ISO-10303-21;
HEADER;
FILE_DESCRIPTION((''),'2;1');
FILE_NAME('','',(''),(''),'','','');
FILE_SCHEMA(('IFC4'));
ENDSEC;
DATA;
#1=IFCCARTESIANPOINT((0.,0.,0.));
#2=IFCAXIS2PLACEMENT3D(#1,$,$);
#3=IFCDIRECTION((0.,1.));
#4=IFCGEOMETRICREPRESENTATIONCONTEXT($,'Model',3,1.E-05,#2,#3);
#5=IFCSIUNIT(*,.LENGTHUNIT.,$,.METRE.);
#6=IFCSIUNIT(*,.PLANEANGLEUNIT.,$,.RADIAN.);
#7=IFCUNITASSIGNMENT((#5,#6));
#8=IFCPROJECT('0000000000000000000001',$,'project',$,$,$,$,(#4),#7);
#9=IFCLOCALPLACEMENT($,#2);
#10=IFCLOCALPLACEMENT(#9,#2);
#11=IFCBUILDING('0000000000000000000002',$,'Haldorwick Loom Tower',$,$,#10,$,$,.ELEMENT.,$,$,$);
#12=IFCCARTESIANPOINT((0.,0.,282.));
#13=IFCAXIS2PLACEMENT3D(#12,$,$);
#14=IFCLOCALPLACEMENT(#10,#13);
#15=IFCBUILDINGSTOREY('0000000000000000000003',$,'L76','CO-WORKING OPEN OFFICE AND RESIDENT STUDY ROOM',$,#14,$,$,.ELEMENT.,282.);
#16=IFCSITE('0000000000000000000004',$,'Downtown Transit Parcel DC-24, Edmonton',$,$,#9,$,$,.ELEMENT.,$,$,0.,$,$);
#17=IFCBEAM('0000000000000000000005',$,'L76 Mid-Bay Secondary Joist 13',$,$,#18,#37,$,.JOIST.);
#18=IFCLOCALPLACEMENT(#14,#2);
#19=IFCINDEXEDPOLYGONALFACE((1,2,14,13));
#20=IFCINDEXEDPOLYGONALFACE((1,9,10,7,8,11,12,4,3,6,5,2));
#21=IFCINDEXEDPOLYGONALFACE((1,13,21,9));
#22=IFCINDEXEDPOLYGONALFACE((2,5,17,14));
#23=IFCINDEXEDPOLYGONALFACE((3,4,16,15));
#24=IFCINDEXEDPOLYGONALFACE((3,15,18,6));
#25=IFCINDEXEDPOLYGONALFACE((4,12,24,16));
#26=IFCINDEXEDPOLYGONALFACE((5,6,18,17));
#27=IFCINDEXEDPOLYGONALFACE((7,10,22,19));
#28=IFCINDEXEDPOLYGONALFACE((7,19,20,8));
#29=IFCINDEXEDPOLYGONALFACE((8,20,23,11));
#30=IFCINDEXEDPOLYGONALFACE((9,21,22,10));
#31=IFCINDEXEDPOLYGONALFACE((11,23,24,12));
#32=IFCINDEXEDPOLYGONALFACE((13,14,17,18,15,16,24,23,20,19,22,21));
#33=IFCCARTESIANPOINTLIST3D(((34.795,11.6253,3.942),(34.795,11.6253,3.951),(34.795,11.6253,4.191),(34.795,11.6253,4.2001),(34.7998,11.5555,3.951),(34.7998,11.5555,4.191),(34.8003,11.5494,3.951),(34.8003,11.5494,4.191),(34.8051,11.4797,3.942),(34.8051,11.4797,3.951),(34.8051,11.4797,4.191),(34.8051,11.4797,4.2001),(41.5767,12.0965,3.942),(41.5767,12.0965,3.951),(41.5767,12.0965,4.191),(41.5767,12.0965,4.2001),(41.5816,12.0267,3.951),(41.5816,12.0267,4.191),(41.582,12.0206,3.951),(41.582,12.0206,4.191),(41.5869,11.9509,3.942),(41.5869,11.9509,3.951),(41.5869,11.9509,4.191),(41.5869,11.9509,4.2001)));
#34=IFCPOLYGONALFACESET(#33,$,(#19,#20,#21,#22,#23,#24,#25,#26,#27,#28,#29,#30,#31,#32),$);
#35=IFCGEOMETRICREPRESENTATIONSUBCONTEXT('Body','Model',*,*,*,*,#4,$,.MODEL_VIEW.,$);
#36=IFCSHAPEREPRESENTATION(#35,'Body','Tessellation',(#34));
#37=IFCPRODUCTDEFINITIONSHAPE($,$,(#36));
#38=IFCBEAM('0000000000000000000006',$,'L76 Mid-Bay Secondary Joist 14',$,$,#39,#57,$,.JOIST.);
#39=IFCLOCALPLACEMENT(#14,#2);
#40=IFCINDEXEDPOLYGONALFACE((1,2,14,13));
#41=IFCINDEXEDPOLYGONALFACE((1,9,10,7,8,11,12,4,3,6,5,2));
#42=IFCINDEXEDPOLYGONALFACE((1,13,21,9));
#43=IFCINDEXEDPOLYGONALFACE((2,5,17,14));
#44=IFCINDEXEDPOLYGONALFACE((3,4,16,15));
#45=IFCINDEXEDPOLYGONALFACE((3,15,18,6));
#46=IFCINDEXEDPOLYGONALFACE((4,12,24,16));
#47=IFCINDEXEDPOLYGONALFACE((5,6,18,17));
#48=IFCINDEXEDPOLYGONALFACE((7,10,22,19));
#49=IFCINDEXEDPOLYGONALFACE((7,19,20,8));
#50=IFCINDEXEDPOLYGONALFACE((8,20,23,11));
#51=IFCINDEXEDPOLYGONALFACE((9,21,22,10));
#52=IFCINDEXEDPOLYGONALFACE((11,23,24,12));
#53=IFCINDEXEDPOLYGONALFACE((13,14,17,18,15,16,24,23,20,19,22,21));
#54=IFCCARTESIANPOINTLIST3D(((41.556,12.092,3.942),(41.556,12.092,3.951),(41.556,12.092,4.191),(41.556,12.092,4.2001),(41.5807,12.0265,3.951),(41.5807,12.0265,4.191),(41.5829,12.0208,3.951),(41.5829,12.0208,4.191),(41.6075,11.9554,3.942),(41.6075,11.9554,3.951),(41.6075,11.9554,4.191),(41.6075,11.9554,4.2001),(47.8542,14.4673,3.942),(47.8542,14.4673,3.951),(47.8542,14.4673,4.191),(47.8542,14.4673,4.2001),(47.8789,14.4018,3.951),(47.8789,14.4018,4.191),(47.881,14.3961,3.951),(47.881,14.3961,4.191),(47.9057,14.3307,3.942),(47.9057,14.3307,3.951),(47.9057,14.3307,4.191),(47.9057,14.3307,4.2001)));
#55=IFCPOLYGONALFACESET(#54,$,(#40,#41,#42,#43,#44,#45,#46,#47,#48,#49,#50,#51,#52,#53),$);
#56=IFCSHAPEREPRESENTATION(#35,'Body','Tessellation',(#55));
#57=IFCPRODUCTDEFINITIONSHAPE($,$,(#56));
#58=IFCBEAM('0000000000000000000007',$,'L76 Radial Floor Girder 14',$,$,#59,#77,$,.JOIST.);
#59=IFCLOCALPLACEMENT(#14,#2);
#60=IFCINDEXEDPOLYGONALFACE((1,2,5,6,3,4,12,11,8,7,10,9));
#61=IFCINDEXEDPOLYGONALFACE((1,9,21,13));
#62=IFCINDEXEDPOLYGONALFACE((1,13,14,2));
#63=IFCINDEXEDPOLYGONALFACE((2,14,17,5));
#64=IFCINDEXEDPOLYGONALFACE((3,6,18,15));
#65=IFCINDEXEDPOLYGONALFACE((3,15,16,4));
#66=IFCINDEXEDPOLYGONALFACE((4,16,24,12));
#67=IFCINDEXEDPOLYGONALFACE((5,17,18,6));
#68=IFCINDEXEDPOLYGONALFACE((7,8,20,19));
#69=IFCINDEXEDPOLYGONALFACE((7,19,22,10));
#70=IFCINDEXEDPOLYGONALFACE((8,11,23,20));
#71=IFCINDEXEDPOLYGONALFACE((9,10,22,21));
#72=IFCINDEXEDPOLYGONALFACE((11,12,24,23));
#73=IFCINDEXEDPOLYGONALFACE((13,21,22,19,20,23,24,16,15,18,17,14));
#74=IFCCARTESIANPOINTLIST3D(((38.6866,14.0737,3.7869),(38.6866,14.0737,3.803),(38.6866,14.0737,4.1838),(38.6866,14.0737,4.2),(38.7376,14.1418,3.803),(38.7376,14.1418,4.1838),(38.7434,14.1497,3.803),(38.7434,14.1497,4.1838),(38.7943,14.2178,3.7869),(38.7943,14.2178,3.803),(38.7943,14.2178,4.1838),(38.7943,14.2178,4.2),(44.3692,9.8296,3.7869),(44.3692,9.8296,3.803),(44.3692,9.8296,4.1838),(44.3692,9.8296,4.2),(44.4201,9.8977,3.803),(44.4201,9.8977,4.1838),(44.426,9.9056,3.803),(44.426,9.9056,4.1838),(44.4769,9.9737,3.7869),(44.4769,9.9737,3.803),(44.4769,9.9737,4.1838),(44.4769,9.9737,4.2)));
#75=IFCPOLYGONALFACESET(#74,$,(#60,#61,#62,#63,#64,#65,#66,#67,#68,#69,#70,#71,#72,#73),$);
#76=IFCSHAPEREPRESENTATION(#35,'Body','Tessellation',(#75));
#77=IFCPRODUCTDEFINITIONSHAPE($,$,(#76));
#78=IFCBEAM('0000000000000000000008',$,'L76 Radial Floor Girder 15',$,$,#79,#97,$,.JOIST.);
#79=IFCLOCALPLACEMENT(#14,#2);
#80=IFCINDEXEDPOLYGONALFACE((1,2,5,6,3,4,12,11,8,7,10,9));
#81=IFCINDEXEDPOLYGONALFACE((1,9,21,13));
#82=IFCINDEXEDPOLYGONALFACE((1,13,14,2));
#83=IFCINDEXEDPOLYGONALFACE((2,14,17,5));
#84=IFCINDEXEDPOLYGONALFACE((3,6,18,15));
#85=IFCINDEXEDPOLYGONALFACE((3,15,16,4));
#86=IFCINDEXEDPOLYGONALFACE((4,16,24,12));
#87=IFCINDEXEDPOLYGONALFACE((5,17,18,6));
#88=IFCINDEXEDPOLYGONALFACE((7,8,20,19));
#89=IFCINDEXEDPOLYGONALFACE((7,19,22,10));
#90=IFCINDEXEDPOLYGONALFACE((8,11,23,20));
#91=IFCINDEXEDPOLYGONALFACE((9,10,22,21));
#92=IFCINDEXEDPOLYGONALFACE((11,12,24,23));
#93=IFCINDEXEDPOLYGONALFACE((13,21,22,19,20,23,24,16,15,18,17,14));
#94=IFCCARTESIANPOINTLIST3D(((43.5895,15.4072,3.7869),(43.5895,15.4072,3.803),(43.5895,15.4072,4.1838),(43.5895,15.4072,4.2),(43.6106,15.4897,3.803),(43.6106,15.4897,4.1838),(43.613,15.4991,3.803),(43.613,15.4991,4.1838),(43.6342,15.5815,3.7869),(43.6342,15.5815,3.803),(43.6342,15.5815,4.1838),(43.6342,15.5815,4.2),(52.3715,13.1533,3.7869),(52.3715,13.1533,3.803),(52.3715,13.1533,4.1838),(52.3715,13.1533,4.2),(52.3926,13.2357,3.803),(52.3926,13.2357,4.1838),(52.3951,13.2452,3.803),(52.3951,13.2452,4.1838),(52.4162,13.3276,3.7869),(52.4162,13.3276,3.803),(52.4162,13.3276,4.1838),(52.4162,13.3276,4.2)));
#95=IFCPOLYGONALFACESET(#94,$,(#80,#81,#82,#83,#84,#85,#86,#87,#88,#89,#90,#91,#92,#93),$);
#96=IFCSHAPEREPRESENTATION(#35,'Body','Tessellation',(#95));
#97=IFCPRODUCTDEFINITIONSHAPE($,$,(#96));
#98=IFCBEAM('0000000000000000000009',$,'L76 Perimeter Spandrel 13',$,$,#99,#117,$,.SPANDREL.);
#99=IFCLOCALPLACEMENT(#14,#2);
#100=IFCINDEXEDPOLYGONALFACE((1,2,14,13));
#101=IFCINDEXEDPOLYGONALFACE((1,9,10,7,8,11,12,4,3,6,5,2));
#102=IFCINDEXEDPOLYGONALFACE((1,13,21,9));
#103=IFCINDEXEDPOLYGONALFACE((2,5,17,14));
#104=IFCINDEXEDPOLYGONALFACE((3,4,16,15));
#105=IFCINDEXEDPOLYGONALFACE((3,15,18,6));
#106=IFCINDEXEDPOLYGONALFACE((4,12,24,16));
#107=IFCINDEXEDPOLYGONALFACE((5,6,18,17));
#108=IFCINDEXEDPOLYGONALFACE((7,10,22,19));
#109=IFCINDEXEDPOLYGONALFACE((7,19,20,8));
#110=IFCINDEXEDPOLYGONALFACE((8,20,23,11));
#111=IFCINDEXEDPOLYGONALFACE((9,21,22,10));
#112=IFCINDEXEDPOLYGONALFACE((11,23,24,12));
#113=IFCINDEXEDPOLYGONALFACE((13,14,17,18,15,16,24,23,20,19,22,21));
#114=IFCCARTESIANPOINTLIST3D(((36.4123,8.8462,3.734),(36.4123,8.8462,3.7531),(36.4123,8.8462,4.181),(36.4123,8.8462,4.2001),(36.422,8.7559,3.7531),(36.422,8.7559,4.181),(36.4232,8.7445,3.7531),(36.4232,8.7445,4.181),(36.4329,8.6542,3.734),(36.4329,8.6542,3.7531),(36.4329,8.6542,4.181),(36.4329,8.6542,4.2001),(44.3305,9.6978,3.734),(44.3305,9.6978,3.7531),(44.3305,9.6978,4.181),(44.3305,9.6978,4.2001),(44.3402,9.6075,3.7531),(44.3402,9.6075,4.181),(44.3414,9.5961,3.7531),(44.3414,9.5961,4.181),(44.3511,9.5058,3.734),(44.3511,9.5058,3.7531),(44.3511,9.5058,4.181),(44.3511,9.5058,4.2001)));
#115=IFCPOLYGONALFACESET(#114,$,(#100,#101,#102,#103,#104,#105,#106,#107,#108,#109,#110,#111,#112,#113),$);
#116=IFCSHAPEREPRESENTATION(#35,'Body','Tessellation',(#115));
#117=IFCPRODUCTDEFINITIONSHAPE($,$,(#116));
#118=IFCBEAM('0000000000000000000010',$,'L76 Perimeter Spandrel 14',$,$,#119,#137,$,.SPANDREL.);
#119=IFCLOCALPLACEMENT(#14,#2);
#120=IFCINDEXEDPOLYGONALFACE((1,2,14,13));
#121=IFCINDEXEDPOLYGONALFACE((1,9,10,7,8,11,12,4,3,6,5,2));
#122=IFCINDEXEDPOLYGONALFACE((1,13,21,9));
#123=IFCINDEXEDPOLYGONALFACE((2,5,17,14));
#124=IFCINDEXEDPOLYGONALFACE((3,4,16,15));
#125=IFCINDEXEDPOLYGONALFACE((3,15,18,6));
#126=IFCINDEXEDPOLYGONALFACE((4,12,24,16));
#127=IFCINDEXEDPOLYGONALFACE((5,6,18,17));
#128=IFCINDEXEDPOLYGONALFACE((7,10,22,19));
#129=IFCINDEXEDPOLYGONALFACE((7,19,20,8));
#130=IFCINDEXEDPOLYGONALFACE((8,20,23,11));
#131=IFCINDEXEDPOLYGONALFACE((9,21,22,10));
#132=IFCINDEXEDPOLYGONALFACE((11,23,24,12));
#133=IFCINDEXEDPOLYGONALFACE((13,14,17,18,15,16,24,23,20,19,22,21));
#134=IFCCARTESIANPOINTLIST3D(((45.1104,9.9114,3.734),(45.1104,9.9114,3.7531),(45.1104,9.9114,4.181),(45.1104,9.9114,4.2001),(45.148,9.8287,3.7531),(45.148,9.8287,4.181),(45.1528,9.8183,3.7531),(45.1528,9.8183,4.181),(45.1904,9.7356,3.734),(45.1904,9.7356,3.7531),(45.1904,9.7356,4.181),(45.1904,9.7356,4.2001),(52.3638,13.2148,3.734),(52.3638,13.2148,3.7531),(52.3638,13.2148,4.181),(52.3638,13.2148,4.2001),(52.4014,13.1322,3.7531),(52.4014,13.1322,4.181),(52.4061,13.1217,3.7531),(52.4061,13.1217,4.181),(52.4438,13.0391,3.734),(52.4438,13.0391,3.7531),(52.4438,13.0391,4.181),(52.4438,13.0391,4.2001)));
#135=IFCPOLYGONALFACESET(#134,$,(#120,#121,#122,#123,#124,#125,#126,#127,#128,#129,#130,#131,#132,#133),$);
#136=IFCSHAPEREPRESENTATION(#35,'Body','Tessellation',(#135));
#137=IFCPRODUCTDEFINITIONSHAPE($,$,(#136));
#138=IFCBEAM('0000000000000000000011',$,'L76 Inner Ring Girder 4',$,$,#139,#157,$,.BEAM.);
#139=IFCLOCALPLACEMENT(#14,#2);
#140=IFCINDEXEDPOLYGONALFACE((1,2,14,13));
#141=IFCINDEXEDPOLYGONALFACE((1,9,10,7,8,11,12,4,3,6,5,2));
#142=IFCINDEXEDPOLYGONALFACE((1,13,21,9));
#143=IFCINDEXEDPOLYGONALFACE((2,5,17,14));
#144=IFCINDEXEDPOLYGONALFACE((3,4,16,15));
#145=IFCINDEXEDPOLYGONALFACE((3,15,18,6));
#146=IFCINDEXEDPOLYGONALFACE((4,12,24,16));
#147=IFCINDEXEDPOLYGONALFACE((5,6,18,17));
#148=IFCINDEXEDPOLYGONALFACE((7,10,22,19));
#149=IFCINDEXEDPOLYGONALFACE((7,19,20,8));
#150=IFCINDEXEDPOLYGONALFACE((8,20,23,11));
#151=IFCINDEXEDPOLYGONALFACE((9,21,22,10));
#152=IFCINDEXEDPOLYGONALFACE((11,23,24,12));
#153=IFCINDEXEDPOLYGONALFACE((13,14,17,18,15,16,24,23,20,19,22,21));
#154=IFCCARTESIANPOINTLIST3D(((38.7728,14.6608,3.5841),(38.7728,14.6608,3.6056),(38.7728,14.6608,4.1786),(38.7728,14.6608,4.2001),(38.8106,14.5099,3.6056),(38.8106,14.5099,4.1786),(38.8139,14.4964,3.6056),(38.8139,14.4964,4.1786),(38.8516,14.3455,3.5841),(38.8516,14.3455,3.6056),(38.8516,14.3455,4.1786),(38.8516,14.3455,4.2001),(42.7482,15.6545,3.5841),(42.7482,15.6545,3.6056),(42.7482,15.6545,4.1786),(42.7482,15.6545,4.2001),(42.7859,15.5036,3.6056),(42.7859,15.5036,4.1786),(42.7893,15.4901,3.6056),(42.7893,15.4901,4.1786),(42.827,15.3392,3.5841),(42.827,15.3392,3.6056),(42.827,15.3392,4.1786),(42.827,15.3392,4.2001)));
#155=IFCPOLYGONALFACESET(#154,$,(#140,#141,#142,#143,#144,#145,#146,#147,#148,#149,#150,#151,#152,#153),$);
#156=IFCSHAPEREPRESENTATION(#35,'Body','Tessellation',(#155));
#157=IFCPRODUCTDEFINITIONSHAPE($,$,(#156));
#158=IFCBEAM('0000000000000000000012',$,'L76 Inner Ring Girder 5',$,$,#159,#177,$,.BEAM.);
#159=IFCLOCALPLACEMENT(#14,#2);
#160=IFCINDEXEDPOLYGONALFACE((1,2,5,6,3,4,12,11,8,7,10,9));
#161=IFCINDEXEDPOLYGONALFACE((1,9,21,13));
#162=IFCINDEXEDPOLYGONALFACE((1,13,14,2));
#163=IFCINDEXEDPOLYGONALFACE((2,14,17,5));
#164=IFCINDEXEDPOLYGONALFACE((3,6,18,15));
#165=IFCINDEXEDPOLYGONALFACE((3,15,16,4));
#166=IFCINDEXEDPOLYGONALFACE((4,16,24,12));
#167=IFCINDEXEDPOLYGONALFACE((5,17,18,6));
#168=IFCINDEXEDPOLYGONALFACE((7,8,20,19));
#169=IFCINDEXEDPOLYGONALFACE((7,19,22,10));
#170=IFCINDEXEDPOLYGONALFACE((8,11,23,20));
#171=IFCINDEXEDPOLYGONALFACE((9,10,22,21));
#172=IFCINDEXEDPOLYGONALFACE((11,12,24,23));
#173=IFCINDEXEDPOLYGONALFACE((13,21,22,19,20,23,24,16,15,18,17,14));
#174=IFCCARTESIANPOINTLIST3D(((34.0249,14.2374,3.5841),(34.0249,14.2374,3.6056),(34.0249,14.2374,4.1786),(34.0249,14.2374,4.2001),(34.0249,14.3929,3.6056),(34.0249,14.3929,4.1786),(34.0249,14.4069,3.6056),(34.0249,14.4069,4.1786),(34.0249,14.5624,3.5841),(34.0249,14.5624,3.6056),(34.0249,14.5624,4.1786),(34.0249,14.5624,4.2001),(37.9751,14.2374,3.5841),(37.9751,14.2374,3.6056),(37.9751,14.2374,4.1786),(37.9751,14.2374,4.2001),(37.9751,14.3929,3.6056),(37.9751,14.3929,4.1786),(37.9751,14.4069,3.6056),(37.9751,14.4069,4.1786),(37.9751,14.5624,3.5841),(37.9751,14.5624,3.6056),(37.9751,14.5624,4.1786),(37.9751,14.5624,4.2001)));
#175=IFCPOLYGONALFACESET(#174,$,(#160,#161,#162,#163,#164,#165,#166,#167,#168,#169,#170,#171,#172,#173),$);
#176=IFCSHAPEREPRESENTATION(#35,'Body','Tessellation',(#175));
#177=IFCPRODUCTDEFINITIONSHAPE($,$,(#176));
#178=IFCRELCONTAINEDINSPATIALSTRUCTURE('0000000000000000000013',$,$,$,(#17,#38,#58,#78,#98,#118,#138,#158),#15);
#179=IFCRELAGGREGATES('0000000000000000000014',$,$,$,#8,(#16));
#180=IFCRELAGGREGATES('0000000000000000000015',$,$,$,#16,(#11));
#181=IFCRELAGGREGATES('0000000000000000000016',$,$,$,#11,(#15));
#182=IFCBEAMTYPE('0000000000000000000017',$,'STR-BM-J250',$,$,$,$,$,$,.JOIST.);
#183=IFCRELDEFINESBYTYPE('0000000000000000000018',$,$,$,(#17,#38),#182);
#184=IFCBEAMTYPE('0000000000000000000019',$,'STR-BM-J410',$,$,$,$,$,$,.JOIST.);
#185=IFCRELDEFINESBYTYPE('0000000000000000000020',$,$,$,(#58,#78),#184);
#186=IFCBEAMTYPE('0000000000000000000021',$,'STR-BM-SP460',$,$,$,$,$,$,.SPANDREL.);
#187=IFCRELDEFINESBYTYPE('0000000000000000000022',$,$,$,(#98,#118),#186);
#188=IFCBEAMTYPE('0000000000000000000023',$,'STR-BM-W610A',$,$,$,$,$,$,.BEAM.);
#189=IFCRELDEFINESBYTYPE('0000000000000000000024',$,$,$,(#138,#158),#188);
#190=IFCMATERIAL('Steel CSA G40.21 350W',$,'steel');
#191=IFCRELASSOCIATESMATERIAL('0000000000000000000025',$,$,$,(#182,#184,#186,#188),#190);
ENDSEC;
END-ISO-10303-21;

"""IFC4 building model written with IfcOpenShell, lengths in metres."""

from ifc_helpers import new_model, si_unit, direction, frame, origin, origin_2d, place, context, subcontext, project, spatial, i_section, extrude, material, material_profile, profile_set, type_object, element, save


model = new_model("IFC4")

# Units and contexts
model_context = context("Model", 3, precision=1e-05, world=origin(), true_north=direction((0.0, 1.0)))
body_context = subcontext(model_context, "Body", "Model", "MODEL_VIEW")
ifc_project = project(units=[si_unit("LENGTHUNIT", "METRE"), si_unit("PLANEANGLEUNIT", "RADIAN")], contexts=[model_context])

# Site, building, storey
site_placement = place(None, origin())
site = spatial("IfcSite", under=ifc_project, at=site_placement, Name="Downtown Transit Parcel DC-24, Edmonton", CompositionType="ELEMENT", RefElevation=0.0)
building_placement = place(site_placement, origin())
building = spatial("IfcBuilding", under=site, at=building_placement, Name="Haldorwick Loom Tower", CompositionType="ELEMENT")
storey_placement = place(building_placement, frame((0.0, 0.0, 282.0)))
storey = spatial("IfcBuildingStorey", under=building, at=storey_placement, Name="L76", Description="CO-WORKING OPEN OFFICE AND RESIDENT STUDY ROOM", CompositionType="ELEMENT", Elevation=282.0)

# Shared definitions
ifc_material_1 = material(Name="Steel CSA G40.21 350W", Category="steel")

# Beams
ifc_material_profile_1 = material_profile(ifc_material_1, i_section(OverallWidth=0.146, OverallDepth=0.2581, WebThickness=0.0061, FlangeThickness=0.009, at=origin_2d()), Name="W250X33", Category="steel")
ifc_profile_set_1 = profile_set([ifc_material_profile_1], Name="Steel CSA G40.21 350W")
beam_type_1 = type_object("IfcBeamType", Name="STR-BM-J250", PredefinedType="JOIST", material=ifc_profile_set_1)
beam_1_placement = place(storey_placement, frame((34.8, 11.5525, 4.071), z_axis=(0.997595, 0.069312, 0.0), x_axis=(-0.069312, 0.997595, 0.0)))
element("IfcBeam", 1, at=beam_1_placement, inside=storey, type_object=beam_type_1, Name="L76 Mid-Bay Secondary Joist 13", PredefinedType="JOIST", context=body_context, shape_type="SweptSolid", body=[
    extrude(i_section(OverallWidth=0.146, OverallDepth=0.2581, WebThickness=0.0061, FlangeThickness=0.009, at=origin_2d()), origin(), (0.0, 0.0, 1.0), 6.7981),
])
beam_2_placement = place(storey_placement, frame((41.5818, 12.0237, 4.071), z_axis=(0.93567, 0.352876, 0.0), x_axis=(-0.352876, 0.93567, 0.0)))
element("IfcBeam", 2, at=beam_2_placement, inside=storey, type_object=beam_type_1, Name="L76 Mid-Bay Secondary Joist 14", PredefinedType="JOIST", context=body_context, shape_type="SweptSolid", body=[
    extrude(i_section(OverallWidth=0.146, OverallDepth=0.2581, WebThickness=0.0061, FlangeThickness=0.009, at=origin_2d()), origin(), (0.0, 0.0, 1.0), 6.7312),
])
ifc_material_profile_2 = material_profile(ifc_material_1, i_section(OverallWidth=0.1799, OverallDepth=0.4131, WebThickness=0.0098, FlangeThickness=0.0161, at=origin_2d()), Name="W410X74", Category="steel")
ifc_profile_set_2 = profile_set([ifc_material_profile_2], Name="Steel CSA G40.21 350W")
beam_type_2 = type_object("IfcBeamType", Name="STR-BM-J410", PredefinedType="JOIST", material=ifc_profile_set_2)
beam_3_placement = place(storey_placement, frame((38.7405, 14.1458, 3.9934), z_axis=(0.801205, -0.598391, 0.0), x_axis=(0.598391, 0.801205, 0.0)))
element("IfcBeam", 3, at=beam_3_placement, inside=storey, type_object=beam_type_2, Name="L76 Radial Floor Girder 14", PredefinedType="JOIST", context=body_context, shape_type="SweptSolid", body=[
    extrude(i_section(OverallWidth=0.1799, OverallDepth=0.4131, WebThickness=0.0098, FlangeThickness=0.0161, at=origin_2d()), origin(), (0.0, 0.0, 1.0), 7.0925),
])
beam_4_placement = place(storey_placement, frame((43.6118, 15.4944, 3.9934), z_axis=(0.968608, -0.248594, 0.0), x_axis=(0.248594, 0.968608, 0.0)))
element("IfcBeam", 4, at=beam_4_placement, inside=storey, type_object=beam_type_2, Name="L76 Radial Floor Girder 15", PredefinedType="JOIST", context=body_context, shape_type="SweptSolid", body=[
    extrude(i_section(OverallWidth=0.1799, OverallDepth=0.4131, WebThickness=0.0098, FlangeThickness=0.0161, at=origin_2d()), origin(), (0.0, 0.0, 1.0), 9.0667),
])
ifc_material_profile_3 = material_profile(ifc_material_1, i_section(OverallWidth=0.1931, OverallDepth=0.4661, WebThickness=0.0115, FlangeThickness=0.019, at=origin_2d()), Name="W460X97", Category="steel")
ifc_profile_set_3 = profile_set([ifc_material_profile_3], Name="Steel CSA G40.21 350W")
beam_type_3 = type_object("IfcBeamType", Name="STR-BM-SP460", PredefinedType="SPANDREL", material=ifc_profile_set_3)
beam_5_placement = place(storey_placement, frame((36.4226, 8.7502, 3.967), z_axis=(0.994267, 0.106928, 0.0), x_axis=(-0.106928, 0.994267, 0.0)))
element("IfcBeam", 5, at=beam_5_placement, inside=storey, type_object=beam_type_3, Name="L76 Perimeter Spandrel 13", PredefinedType="SPANDREL", context=body_context, shape_type="SweptSolid", body=[
    extrude(i_section(OverallWidth=0.1931, OverallDepth=0.4661, WebThickness=0.0115, FlangeThickness=0.019, at=origin_2d()), origin(), (0.0, 0.0, 1.0), 7.9639),
])
beam_6_placement = place(storey_placement, frame((45.1504, 9.8235, 3.967), z_axis=(0.910061, 0.414474, 0.0), x_axis=(-0.414474, 0.910061, 0.0)))
element("IfcBeam", 6, at=beam_6_placement, inside=storey, type_object=beam_type_3, Name="L76 Perimeter Spandrel 14", PredefinedType="SPANDREL", context=body_context, shape_type="SweptSolid", body=[
    extrude(i_section(OverallWidth=0.1931, OverallDepth=0.4661, WebThickness=0.0115, FlangeThickness=0.019, at=origin_2d()), origin(), (0.0, 0.0, 1.0), 7.9702),
])
ifc_material_profile_4 = material_profile(ifc_material_1, i_section(OverallWidth=0.325, OverallDepth=0.616, WebThickness=0.0139, FlangeThickness=0.0215, at=origin_2d()), Name="W610X174", Category="steel")
ifc_profile_set_4 = profile_set([ifc_material_profile_4], Name="Steel CSA G40.21 350W")
beam_type_4 = type_object("IfcBeamType", Name="STR-BM-W610A", PredefinedType="BEAM", material=ifc_profile_set_4)
beam_7_placement = place(storey_placement, frame((42.7876, 15.4968, 3.8921), z_axis=(-0.970153, -0.242494, 0.0), x_axis=(0.242494, -0.970153, 0.0)))
element("IfcBeam", 7, at=beam_7_placement, inside=storey, type_object=beam_type_4, Name="L76 Inner Ring Girder 4", PredefinedType="BEAM", context=body_context, shape_type="SweptSolid", body=[
    extrude(i_section(OverallWidth=0.325, OverallDepth=0.616, WebThickness=0.0139, FlangeThickness=0.0215, at=origin_2d()), origin(), (0.0, 0.0, 1.0), 4.0977),
])
beam_8_placement = place(storey_placement, frame((37.9751, 14.3999, 3.8921), z_axis=(-1.0, 0.0, 0.0), x_axis=(0.0, -1.0, 0.0)))
element("IfcBeam", 8, at=beam_8_placement, inside=storey, type_object=beam_type_4, Name="L76 Inner Ring Girder 5", PredefinedType="BEAM", context=body_context, shape_type="SweptSolid", body=[
    extrude(i_section(OverallWidth=0.325, OverallDepth=0.616, WebThickness=0.0139, FlangeThickness=0.0215, at=origin_2d()), origin(), (0.0, 0.0, 1.0), 3.9502),
])

save(model, "model.ifc")
